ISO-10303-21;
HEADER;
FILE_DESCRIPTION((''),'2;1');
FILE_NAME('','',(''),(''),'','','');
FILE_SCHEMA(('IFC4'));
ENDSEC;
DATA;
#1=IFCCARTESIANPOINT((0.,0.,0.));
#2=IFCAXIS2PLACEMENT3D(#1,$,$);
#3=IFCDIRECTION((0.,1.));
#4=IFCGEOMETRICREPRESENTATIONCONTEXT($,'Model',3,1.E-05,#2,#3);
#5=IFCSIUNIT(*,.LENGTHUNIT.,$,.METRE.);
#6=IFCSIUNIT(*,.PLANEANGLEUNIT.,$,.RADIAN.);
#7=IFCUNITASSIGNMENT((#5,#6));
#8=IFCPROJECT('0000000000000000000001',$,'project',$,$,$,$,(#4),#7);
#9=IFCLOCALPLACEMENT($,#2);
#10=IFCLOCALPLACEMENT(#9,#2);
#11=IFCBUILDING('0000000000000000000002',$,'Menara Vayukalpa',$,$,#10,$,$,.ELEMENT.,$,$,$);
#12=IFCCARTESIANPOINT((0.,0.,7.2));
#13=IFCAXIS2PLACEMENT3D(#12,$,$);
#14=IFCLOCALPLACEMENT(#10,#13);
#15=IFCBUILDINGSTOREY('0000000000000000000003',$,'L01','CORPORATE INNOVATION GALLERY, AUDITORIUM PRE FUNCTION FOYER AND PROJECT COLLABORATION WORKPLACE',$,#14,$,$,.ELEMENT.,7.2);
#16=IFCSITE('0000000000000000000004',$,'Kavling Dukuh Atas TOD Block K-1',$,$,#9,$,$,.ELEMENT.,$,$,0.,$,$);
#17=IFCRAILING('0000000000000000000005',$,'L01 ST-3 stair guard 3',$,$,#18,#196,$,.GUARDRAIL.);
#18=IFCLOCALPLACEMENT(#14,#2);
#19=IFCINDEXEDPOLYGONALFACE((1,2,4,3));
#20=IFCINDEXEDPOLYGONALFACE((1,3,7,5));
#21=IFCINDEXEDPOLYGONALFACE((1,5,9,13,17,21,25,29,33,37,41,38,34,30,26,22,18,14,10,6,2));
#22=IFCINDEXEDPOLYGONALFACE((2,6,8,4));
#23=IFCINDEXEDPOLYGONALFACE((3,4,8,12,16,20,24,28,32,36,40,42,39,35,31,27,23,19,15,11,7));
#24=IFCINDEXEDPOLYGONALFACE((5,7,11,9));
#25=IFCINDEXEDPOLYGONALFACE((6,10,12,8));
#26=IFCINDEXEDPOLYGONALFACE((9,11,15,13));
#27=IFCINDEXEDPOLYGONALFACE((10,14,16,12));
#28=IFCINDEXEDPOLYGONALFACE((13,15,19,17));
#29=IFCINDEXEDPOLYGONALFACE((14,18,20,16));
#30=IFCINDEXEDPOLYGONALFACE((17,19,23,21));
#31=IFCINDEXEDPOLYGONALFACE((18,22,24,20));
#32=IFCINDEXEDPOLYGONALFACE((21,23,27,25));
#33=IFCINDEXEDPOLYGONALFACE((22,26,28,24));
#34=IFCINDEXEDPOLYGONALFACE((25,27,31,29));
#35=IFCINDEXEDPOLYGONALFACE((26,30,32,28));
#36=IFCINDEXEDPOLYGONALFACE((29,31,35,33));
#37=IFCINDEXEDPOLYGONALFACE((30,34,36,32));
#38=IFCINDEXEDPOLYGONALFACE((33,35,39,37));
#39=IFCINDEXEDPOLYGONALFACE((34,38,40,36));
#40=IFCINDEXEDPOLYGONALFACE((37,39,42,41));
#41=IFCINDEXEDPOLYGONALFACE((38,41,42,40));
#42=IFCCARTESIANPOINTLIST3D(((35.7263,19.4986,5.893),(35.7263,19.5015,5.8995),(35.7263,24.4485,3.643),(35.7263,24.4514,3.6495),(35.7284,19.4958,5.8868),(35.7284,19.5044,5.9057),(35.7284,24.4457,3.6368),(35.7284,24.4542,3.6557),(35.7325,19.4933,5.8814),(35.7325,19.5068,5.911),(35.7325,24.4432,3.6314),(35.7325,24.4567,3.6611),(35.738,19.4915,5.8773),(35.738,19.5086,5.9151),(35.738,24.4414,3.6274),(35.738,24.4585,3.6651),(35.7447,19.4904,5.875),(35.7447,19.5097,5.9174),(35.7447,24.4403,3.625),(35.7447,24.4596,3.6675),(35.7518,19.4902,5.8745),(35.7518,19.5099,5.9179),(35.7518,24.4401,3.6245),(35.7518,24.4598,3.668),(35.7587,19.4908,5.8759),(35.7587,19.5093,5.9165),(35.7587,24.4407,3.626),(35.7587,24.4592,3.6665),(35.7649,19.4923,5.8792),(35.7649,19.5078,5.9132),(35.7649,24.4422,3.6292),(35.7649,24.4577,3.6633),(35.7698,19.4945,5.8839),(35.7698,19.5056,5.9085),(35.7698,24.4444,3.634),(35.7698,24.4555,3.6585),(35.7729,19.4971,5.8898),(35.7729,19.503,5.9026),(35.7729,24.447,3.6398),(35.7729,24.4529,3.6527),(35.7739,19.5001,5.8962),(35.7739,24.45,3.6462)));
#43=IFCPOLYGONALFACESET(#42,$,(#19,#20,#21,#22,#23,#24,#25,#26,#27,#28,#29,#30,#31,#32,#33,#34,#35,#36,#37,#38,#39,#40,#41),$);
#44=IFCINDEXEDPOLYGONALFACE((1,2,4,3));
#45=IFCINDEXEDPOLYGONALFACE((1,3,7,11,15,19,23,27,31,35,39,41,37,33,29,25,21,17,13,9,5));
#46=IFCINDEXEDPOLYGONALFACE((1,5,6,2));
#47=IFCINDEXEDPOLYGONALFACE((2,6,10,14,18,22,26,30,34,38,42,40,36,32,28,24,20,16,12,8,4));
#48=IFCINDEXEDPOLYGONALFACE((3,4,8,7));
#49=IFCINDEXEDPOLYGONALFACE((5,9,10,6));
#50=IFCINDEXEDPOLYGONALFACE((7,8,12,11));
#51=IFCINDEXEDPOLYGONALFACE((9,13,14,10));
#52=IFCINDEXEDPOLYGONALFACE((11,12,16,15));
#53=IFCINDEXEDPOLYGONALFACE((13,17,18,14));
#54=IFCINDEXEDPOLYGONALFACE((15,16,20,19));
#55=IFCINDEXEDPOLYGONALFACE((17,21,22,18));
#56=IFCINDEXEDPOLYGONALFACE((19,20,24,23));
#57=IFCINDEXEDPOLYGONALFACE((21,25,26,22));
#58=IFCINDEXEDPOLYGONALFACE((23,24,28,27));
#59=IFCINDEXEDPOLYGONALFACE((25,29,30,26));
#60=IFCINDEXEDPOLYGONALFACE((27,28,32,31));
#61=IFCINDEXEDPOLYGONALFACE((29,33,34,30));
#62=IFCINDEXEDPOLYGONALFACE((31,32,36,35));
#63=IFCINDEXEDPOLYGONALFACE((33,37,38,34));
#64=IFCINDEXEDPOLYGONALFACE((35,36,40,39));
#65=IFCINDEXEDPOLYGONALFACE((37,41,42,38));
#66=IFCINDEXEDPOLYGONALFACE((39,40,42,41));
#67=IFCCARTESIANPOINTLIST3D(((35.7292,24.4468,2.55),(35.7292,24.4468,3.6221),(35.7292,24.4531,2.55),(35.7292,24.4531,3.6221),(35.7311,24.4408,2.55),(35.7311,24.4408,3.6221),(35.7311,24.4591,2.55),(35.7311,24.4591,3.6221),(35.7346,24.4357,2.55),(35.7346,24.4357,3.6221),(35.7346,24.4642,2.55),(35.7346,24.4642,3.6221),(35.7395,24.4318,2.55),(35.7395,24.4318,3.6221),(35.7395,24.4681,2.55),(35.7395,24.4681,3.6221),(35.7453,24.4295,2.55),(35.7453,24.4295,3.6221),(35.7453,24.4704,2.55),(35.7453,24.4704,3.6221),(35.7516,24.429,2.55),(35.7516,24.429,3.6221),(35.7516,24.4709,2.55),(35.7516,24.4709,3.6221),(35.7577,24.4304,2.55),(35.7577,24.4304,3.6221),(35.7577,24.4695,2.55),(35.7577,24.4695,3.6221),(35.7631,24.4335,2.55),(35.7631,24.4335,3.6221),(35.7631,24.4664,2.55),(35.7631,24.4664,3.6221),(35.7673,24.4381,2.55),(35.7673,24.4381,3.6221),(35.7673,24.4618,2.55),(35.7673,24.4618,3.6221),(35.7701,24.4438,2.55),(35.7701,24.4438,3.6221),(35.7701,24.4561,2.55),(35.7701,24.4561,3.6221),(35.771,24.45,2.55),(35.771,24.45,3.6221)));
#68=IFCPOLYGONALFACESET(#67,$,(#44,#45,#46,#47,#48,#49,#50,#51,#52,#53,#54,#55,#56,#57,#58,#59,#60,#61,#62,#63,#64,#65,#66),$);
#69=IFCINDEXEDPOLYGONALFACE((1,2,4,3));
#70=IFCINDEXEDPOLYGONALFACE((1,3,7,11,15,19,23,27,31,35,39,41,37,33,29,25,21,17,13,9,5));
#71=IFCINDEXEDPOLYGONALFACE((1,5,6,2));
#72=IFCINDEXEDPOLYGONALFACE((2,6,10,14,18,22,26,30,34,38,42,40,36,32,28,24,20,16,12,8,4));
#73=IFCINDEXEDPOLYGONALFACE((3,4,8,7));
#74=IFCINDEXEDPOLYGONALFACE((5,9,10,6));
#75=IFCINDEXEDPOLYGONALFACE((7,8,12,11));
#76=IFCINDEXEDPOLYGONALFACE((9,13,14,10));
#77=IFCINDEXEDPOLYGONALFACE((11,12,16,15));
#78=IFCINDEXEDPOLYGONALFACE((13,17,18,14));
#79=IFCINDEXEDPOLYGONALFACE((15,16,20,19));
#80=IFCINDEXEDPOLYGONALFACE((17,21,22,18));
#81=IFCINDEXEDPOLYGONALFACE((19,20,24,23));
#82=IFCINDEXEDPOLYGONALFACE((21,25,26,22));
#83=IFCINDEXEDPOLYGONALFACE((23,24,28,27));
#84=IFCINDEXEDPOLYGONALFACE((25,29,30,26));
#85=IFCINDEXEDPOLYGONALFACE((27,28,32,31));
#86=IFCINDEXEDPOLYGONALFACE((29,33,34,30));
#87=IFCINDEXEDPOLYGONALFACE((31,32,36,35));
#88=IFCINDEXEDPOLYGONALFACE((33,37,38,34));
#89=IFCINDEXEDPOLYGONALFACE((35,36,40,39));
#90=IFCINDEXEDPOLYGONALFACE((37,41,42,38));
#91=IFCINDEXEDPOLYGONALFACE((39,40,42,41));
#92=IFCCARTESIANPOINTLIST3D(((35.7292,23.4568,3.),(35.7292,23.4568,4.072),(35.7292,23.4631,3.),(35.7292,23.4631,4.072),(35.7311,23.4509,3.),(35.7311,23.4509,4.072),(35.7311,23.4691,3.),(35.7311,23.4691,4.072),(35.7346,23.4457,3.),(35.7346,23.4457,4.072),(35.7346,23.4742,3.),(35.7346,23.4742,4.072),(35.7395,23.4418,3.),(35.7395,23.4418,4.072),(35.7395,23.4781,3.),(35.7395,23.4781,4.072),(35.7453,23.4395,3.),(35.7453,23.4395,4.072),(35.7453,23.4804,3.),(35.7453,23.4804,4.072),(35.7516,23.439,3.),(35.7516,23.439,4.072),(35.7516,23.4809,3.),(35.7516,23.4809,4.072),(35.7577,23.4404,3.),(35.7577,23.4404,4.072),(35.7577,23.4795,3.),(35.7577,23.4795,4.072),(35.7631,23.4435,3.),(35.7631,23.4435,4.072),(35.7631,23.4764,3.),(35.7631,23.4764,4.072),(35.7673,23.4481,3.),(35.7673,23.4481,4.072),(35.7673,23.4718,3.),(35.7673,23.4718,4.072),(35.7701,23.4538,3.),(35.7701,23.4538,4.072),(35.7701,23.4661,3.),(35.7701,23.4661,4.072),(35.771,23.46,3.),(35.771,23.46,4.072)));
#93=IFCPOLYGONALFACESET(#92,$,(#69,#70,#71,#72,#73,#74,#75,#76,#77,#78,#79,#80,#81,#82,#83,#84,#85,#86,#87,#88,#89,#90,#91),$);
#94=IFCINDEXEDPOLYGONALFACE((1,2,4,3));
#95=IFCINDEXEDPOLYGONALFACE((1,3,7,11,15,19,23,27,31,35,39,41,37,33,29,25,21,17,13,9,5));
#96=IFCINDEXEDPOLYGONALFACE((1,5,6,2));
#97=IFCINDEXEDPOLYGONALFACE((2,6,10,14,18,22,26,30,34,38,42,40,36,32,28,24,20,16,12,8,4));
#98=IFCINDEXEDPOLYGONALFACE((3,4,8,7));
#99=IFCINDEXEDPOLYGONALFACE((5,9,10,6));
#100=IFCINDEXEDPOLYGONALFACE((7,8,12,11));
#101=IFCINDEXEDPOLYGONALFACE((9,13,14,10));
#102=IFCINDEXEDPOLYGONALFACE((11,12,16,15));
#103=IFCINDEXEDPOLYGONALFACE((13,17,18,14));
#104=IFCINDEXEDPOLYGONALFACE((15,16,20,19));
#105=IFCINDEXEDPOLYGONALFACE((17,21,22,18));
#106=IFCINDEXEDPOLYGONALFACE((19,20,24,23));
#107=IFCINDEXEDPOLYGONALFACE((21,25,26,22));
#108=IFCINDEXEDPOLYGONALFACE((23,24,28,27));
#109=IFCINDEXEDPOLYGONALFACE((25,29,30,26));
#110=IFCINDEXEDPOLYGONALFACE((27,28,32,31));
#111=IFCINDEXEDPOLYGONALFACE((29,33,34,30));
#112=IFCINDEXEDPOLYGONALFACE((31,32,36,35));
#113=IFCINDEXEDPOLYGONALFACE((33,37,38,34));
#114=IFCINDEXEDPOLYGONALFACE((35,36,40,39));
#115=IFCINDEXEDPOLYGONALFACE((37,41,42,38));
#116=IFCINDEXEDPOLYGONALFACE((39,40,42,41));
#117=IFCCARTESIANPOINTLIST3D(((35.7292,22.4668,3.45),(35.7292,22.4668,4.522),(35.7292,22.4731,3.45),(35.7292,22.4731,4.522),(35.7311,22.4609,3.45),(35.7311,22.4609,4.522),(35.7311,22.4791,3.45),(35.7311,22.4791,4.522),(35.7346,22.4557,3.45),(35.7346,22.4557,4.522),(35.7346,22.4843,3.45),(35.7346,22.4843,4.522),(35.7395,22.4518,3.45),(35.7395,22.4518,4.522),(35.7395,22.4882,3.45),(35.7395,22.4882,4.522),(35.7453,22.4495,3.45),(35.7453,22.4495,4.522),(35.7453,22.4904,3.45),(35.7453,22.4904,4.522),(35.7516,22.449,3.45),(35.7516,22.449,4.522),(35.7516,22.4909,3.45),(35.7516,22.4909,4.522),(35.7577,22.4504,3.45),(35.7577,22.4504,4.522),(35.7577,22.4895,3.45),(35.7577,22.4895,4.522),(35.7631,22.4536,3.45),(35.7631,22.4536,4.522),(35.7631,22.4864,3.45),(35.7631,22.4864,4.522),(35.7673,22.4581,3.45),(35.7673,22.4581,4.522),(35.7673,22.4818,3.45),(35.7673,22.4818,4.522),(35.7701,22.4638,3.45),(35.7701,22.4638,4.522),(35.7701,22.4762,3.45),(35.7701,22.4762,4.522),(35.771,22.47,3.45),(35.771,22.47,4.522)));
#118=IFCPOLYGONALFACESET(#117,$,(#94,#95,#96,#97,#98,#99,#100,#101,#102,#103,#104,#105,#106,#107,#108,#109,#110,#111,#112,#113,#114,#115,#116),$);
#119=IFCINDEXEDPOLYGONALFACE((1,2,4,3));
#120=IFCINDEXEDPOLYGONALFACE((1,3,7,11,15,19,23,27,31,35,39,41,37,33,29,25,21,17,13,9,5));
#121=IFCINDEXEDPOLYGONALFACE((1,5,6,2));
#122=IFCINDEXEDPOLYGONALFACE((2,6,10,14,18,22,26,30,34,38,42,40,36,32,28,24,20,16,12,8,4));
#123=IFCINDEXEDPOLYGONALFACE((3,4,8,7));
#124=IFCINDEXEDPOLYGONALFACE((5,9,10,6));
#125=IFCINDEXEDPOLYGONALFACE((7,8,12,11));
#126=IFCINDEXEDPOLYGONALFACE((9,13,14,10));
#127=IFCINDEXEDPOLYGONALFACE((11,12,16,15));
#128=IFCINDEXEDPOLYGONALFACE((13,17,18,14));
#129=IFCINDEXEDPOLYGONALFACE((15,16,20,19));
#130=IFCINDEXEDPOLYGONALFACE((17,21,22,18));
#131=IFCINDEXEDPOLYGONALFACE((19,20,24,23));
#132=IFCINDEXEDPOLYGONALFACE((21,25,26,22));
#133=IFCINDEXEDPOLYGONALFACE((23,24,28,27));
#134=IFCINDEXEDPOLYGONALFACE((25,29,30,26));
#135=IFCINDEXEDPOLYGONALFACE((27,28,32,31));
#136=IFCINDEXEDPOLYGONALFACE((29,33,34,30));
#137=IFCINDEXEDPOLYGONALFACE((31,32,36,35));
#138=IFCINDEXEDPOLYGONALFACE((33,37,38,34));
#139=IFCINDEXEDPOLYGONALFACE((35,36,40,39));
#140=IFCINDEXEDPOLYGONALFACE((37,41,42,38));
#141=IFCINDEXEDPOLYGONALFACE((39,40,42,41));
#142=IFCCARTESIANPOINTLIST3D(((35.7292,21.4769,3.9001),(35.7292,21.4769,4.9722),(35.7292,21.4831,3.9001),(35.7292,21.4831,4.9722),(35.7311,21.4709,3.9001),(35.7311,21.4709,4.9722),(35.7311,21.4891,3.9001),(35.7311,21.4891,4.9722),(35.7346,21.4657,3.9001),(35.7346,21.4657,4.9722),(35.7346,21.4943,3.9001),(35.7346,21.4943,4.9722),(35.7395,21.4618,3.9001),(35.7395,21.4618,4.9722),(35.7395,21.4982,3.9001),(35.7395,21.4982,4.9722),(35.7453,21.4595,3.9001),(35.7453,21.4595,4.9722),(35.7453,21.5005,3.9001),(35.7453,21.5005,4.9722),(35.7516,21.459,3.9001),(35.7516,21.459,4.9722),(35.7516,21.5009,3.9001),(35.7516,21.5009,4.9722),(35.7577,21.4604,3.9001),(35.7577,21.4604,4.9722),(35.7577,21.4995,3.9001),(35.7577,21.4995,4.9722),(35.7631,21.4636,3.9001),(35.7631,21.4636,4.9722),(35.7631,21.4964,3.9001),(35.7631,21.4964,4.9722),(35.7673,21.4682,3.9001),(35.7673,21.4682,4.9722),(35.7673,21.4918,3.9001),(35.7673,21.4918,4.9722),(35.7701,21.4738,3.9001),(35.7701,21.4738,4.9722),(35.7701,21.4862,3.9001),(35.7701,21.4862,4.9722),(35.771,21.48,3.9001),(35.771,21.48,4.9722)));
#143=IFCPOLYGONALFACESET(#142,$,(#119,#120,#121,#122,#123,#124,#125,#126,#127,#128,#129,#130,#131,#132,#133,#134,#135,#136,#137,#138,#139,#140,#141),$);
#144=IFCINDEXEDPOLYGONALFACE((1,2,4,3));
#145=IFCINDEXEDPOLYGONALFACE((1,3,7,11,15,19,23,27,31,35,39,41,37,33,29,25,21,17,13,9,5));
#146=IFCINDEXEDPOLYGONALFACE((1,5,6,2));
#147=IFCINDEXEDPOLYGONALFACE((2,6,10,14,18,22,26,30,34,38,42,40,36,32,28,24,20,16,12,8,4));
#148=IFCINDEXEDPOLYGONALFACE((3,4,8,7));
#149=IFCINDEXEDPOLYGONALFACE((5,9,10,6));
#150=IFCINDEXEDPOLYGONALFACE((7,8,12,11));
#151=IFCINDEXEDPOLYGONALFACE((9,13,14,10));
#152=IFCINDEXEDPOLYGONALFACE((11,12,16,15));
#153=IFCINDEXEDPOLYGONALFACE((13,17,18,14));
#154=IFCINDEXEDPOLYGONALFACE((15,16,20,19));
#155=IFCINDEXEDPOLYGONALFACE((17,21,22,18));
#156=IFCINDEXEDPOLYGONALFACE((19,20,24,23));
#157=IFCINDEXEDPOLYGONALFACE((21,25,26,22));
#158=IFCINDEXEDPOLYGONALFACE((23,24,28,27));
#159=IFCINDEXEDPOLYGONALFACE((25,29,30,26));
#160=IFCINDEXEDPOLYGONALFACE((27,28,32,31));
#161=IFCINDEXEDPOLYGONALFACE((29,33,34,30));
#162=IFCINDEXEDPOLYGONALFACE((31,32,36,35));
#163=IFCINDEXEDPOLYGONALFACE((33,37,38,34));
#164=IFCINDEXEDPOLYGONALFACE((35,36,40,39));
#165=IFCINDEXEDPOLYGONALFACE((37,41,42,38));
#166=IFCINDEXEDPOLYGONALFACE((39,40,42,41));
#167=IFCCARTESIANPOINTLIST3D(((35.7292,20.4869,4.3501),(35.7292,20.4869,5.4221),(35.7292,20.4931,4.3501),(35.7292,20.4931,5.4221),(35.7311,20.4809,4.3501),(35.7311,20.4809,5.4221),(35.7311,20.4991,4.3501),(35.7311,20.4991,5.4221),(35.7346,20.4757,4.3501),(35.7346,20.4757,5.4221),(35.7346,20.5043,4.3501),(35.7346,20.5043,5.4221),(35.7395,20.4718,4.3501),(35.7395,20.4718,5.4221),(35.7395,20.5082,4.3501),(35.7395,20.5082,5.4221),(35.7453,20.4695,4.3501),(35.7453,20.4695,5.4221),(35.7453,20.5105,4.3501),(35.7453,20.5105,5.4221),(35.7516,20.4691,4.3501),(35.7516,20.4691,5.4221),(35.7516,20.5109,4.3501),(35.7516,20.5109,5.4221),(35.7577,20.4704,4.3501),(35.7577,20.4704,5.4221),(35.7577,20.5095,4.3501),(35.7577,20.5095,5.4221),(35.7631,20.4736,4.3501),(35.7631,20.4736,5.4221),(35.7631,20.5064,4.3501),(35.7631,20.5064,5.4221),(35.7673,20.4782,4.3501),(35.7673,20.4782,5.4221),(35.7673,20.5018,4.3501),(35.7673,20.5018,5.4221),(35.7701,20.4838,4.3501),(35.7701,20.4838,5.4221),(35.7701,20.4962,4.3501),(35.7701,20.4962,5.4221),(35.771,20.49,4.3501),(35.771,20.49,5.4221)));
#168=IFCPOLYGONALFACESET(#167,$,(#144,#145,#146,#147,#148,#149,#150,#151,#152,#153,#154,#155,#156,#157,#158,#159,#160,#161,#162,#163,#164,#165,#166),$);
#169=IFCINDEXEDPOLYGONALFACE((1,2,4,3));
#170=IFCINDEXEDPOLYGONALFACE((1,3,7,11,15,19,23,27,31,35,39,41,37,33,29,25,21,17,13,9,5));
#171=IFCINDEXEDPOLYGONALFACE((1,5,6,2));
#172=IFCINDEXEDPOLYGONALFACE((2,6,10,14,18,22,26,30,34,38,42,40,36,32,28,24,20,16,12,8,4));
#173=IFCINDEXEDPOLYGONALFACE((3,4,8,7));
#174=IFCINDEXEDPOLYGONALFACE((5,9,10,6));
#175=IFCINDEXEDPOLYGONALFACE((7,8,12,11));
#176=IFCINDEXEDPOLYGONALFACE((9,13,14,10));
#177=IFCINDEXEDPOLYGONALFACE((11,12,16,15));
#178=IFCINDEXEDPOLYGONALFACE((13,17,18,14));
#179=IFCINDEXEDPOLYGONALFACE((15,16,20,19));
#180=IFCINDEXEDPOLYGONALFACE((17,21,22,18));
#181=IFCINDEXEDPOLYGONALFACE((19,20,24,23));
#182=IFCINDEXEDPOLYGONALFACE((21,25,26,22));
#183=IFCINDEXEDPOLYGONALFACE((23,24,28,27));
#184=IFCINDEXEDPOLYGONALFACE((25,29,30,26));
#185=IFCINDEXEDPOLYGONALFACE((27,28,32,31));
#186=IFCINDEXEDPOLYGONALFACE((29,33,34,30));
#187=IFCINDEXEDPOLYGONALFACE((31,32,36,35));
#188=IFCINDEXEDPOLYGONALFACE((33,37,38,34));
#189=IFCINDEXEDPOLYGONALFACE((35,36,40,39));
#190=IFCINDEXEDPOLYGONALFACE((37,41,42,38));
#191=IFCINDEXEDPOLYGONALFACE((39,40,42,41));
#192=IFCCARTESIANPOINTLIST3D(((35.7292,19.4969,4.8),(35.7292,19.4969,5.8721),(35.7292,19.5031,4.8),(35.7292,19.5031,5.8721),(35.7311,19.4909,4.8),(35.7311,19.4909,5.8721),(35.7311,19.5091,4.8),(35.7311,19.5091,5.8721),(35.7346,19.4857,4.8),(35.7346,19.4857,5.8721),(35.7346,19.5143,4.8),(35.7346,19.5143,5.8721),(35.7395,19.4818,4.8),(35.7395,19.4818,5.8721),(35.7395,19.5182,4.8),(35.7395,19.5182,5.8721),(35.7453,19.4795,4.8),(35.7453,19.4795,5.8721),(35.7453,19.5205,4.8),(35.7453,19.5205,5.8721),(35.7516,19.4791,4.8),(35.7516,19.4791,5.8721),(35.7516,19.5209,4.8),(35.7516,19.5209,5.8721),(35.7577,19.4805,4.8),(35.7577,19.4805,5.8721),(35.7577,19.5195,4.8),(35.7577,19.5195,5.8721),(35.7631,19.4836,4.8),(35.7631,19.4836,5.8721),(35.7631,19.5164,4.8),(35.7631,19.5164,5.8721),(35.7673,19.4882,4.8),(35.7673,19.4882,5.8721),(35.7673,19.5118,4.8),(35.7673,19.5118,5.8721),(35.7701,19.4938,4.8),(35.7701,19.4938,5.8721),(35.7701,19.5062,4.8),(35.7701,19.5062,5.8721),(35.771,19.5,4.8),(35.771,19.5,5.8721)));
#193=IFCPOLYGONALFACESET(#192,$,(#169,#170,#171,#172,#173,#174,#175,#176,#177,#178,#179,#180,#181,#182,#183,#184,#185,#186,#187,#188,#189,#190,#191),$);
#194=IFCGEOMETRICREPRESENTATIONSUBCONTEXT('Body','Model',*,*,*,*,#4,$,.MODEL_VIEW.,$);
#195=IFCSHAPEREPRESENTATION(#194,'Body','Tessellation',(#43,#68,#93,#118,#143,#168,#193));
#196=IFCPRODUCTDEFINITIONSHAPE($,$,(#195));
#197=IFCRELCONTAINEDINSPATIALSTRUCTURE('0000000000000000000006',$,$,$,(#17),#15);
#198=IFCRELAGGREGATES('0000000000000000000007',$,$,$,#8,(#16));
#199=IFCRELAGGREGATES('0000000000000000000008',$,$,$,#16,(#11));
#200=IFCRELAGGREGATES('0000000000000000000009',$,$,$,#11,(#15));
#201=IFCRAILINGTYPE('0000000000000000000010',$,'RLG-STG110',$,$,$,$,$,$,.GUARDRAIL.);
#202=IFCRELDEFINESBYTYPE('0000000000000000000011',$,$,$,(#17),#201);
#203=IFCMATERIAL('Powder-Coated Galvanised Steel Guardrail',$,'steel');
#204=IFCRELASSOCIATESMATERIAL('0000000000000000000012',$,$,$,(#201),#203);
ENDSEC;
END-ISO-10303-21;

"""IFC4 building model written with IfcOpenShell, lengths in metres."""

from ifc_helpers import new_model, si_unit, direction, frame, origin, origin_2d, place, context, subcontext, project, spatial, circle, extrude, material, type_object, element, save


model = new_model("IFC4")

# Units and contexts
model_context = context("Model", 3, precision=1e-05, world=origin(), true_north=direction((0.0, 1.0)))
body_context = subcontext(model_context, "Body", "Model", "MODEL_VIEW")
ifc_project = project(units=[si_unit("LENGTHUNIT", "METRE"), si_unit("PLANEANGLEUNIT", "RADIAN")], contexts=[model_context])

# Site, building, storey
site_placement = place(None, origin())
site = spatial("IfcSite", under=ifc_project, at=site_placement, Name="Kavling Dukuh Atas TOD Block K-1", CompositionType="ELEMENT", RefElevation=0.0)
building_placement = place(site_placement, origin())
building = spatial("IfcBuilding", under=site, at=building_placement, Name="Menara Vayukalpa", CompositionType="ELEMENT")
storey_placement = place(building_placement, frame((0.0, 0.0, 7.2)))
storey = spatial("IfcBuildingStorey", under=building, at=storey_placement, Name="L01", Description="CORPORATE INNOVATION GALLERY, AUDITORIUM PRE FUNCTION FOYER AND PROJECT COLLABORATION WORKPLACE", CompositionType="ELEMENT", Elevation=7.2)

# Railing
ifc_material_1 = material(Name="Powder-Coated Galvanised Steel Guardrail", Category="steel")
railing_type_1 = type_object("IfcRailingType", Name="RLG-STG110", PredefinedType="GUARDRAIL", material=ifc_material_1)
railing_1_placement = place(storey_placement, frame((35.75, 24.45, 2.55)))
element("IfcRailing", 1, at=railing_1_placement, inside=storey, type_object=railing_type_1, Name="L01 ST-3 stair guard 3", PredefinedType="GUARDRAIL", context=body_context, shape_type="SweptSolid", body=[
    extrude(circle(Radius=0.0239, at=origin_2d()), frame((0.0, 0.0, 1.0962), z_axis=(0.0, -0.910365, 0.413806), x_axis=(1.0, 0.0, 0.0)), (0.0, 0.0, 1.0), 5.4373),
    extrude(circle(Radius=0.021, at=origin_2d()), origin(), (0.0, 0.0, 1.0), 1.072),
    extrude(circle(Radius=0.021, at=origin_2d()), frame((0.0, -0.99, 0.45)), (0.0, 0.0, 1.0), 1.072),
    extrude(circle(Radius=0.021, at=origin_2d()), frame((0.0, -1.98, 0.8999)), (0.0, 0.0, 1.0), 1.072),
    extrude(circle(Radius=0.021, at=origin_2d()), frame((0.0, -2.97, 1.3501)), (0.0, 0.0, 1.0), 1.072),
    extrude(circle(Radius=0.021, at=origin_2d()), frame((0.0, -3.96, 1.8)), (0.0, 0.0, 1.0), 1.072),
    extrude(circle(Radius=0.021, at=origin_2d()), frame((0.0, -4.95, 2.25)), (0.0, 0.0, 1.0), 1.072),
])

save(model, "model.ifc")
